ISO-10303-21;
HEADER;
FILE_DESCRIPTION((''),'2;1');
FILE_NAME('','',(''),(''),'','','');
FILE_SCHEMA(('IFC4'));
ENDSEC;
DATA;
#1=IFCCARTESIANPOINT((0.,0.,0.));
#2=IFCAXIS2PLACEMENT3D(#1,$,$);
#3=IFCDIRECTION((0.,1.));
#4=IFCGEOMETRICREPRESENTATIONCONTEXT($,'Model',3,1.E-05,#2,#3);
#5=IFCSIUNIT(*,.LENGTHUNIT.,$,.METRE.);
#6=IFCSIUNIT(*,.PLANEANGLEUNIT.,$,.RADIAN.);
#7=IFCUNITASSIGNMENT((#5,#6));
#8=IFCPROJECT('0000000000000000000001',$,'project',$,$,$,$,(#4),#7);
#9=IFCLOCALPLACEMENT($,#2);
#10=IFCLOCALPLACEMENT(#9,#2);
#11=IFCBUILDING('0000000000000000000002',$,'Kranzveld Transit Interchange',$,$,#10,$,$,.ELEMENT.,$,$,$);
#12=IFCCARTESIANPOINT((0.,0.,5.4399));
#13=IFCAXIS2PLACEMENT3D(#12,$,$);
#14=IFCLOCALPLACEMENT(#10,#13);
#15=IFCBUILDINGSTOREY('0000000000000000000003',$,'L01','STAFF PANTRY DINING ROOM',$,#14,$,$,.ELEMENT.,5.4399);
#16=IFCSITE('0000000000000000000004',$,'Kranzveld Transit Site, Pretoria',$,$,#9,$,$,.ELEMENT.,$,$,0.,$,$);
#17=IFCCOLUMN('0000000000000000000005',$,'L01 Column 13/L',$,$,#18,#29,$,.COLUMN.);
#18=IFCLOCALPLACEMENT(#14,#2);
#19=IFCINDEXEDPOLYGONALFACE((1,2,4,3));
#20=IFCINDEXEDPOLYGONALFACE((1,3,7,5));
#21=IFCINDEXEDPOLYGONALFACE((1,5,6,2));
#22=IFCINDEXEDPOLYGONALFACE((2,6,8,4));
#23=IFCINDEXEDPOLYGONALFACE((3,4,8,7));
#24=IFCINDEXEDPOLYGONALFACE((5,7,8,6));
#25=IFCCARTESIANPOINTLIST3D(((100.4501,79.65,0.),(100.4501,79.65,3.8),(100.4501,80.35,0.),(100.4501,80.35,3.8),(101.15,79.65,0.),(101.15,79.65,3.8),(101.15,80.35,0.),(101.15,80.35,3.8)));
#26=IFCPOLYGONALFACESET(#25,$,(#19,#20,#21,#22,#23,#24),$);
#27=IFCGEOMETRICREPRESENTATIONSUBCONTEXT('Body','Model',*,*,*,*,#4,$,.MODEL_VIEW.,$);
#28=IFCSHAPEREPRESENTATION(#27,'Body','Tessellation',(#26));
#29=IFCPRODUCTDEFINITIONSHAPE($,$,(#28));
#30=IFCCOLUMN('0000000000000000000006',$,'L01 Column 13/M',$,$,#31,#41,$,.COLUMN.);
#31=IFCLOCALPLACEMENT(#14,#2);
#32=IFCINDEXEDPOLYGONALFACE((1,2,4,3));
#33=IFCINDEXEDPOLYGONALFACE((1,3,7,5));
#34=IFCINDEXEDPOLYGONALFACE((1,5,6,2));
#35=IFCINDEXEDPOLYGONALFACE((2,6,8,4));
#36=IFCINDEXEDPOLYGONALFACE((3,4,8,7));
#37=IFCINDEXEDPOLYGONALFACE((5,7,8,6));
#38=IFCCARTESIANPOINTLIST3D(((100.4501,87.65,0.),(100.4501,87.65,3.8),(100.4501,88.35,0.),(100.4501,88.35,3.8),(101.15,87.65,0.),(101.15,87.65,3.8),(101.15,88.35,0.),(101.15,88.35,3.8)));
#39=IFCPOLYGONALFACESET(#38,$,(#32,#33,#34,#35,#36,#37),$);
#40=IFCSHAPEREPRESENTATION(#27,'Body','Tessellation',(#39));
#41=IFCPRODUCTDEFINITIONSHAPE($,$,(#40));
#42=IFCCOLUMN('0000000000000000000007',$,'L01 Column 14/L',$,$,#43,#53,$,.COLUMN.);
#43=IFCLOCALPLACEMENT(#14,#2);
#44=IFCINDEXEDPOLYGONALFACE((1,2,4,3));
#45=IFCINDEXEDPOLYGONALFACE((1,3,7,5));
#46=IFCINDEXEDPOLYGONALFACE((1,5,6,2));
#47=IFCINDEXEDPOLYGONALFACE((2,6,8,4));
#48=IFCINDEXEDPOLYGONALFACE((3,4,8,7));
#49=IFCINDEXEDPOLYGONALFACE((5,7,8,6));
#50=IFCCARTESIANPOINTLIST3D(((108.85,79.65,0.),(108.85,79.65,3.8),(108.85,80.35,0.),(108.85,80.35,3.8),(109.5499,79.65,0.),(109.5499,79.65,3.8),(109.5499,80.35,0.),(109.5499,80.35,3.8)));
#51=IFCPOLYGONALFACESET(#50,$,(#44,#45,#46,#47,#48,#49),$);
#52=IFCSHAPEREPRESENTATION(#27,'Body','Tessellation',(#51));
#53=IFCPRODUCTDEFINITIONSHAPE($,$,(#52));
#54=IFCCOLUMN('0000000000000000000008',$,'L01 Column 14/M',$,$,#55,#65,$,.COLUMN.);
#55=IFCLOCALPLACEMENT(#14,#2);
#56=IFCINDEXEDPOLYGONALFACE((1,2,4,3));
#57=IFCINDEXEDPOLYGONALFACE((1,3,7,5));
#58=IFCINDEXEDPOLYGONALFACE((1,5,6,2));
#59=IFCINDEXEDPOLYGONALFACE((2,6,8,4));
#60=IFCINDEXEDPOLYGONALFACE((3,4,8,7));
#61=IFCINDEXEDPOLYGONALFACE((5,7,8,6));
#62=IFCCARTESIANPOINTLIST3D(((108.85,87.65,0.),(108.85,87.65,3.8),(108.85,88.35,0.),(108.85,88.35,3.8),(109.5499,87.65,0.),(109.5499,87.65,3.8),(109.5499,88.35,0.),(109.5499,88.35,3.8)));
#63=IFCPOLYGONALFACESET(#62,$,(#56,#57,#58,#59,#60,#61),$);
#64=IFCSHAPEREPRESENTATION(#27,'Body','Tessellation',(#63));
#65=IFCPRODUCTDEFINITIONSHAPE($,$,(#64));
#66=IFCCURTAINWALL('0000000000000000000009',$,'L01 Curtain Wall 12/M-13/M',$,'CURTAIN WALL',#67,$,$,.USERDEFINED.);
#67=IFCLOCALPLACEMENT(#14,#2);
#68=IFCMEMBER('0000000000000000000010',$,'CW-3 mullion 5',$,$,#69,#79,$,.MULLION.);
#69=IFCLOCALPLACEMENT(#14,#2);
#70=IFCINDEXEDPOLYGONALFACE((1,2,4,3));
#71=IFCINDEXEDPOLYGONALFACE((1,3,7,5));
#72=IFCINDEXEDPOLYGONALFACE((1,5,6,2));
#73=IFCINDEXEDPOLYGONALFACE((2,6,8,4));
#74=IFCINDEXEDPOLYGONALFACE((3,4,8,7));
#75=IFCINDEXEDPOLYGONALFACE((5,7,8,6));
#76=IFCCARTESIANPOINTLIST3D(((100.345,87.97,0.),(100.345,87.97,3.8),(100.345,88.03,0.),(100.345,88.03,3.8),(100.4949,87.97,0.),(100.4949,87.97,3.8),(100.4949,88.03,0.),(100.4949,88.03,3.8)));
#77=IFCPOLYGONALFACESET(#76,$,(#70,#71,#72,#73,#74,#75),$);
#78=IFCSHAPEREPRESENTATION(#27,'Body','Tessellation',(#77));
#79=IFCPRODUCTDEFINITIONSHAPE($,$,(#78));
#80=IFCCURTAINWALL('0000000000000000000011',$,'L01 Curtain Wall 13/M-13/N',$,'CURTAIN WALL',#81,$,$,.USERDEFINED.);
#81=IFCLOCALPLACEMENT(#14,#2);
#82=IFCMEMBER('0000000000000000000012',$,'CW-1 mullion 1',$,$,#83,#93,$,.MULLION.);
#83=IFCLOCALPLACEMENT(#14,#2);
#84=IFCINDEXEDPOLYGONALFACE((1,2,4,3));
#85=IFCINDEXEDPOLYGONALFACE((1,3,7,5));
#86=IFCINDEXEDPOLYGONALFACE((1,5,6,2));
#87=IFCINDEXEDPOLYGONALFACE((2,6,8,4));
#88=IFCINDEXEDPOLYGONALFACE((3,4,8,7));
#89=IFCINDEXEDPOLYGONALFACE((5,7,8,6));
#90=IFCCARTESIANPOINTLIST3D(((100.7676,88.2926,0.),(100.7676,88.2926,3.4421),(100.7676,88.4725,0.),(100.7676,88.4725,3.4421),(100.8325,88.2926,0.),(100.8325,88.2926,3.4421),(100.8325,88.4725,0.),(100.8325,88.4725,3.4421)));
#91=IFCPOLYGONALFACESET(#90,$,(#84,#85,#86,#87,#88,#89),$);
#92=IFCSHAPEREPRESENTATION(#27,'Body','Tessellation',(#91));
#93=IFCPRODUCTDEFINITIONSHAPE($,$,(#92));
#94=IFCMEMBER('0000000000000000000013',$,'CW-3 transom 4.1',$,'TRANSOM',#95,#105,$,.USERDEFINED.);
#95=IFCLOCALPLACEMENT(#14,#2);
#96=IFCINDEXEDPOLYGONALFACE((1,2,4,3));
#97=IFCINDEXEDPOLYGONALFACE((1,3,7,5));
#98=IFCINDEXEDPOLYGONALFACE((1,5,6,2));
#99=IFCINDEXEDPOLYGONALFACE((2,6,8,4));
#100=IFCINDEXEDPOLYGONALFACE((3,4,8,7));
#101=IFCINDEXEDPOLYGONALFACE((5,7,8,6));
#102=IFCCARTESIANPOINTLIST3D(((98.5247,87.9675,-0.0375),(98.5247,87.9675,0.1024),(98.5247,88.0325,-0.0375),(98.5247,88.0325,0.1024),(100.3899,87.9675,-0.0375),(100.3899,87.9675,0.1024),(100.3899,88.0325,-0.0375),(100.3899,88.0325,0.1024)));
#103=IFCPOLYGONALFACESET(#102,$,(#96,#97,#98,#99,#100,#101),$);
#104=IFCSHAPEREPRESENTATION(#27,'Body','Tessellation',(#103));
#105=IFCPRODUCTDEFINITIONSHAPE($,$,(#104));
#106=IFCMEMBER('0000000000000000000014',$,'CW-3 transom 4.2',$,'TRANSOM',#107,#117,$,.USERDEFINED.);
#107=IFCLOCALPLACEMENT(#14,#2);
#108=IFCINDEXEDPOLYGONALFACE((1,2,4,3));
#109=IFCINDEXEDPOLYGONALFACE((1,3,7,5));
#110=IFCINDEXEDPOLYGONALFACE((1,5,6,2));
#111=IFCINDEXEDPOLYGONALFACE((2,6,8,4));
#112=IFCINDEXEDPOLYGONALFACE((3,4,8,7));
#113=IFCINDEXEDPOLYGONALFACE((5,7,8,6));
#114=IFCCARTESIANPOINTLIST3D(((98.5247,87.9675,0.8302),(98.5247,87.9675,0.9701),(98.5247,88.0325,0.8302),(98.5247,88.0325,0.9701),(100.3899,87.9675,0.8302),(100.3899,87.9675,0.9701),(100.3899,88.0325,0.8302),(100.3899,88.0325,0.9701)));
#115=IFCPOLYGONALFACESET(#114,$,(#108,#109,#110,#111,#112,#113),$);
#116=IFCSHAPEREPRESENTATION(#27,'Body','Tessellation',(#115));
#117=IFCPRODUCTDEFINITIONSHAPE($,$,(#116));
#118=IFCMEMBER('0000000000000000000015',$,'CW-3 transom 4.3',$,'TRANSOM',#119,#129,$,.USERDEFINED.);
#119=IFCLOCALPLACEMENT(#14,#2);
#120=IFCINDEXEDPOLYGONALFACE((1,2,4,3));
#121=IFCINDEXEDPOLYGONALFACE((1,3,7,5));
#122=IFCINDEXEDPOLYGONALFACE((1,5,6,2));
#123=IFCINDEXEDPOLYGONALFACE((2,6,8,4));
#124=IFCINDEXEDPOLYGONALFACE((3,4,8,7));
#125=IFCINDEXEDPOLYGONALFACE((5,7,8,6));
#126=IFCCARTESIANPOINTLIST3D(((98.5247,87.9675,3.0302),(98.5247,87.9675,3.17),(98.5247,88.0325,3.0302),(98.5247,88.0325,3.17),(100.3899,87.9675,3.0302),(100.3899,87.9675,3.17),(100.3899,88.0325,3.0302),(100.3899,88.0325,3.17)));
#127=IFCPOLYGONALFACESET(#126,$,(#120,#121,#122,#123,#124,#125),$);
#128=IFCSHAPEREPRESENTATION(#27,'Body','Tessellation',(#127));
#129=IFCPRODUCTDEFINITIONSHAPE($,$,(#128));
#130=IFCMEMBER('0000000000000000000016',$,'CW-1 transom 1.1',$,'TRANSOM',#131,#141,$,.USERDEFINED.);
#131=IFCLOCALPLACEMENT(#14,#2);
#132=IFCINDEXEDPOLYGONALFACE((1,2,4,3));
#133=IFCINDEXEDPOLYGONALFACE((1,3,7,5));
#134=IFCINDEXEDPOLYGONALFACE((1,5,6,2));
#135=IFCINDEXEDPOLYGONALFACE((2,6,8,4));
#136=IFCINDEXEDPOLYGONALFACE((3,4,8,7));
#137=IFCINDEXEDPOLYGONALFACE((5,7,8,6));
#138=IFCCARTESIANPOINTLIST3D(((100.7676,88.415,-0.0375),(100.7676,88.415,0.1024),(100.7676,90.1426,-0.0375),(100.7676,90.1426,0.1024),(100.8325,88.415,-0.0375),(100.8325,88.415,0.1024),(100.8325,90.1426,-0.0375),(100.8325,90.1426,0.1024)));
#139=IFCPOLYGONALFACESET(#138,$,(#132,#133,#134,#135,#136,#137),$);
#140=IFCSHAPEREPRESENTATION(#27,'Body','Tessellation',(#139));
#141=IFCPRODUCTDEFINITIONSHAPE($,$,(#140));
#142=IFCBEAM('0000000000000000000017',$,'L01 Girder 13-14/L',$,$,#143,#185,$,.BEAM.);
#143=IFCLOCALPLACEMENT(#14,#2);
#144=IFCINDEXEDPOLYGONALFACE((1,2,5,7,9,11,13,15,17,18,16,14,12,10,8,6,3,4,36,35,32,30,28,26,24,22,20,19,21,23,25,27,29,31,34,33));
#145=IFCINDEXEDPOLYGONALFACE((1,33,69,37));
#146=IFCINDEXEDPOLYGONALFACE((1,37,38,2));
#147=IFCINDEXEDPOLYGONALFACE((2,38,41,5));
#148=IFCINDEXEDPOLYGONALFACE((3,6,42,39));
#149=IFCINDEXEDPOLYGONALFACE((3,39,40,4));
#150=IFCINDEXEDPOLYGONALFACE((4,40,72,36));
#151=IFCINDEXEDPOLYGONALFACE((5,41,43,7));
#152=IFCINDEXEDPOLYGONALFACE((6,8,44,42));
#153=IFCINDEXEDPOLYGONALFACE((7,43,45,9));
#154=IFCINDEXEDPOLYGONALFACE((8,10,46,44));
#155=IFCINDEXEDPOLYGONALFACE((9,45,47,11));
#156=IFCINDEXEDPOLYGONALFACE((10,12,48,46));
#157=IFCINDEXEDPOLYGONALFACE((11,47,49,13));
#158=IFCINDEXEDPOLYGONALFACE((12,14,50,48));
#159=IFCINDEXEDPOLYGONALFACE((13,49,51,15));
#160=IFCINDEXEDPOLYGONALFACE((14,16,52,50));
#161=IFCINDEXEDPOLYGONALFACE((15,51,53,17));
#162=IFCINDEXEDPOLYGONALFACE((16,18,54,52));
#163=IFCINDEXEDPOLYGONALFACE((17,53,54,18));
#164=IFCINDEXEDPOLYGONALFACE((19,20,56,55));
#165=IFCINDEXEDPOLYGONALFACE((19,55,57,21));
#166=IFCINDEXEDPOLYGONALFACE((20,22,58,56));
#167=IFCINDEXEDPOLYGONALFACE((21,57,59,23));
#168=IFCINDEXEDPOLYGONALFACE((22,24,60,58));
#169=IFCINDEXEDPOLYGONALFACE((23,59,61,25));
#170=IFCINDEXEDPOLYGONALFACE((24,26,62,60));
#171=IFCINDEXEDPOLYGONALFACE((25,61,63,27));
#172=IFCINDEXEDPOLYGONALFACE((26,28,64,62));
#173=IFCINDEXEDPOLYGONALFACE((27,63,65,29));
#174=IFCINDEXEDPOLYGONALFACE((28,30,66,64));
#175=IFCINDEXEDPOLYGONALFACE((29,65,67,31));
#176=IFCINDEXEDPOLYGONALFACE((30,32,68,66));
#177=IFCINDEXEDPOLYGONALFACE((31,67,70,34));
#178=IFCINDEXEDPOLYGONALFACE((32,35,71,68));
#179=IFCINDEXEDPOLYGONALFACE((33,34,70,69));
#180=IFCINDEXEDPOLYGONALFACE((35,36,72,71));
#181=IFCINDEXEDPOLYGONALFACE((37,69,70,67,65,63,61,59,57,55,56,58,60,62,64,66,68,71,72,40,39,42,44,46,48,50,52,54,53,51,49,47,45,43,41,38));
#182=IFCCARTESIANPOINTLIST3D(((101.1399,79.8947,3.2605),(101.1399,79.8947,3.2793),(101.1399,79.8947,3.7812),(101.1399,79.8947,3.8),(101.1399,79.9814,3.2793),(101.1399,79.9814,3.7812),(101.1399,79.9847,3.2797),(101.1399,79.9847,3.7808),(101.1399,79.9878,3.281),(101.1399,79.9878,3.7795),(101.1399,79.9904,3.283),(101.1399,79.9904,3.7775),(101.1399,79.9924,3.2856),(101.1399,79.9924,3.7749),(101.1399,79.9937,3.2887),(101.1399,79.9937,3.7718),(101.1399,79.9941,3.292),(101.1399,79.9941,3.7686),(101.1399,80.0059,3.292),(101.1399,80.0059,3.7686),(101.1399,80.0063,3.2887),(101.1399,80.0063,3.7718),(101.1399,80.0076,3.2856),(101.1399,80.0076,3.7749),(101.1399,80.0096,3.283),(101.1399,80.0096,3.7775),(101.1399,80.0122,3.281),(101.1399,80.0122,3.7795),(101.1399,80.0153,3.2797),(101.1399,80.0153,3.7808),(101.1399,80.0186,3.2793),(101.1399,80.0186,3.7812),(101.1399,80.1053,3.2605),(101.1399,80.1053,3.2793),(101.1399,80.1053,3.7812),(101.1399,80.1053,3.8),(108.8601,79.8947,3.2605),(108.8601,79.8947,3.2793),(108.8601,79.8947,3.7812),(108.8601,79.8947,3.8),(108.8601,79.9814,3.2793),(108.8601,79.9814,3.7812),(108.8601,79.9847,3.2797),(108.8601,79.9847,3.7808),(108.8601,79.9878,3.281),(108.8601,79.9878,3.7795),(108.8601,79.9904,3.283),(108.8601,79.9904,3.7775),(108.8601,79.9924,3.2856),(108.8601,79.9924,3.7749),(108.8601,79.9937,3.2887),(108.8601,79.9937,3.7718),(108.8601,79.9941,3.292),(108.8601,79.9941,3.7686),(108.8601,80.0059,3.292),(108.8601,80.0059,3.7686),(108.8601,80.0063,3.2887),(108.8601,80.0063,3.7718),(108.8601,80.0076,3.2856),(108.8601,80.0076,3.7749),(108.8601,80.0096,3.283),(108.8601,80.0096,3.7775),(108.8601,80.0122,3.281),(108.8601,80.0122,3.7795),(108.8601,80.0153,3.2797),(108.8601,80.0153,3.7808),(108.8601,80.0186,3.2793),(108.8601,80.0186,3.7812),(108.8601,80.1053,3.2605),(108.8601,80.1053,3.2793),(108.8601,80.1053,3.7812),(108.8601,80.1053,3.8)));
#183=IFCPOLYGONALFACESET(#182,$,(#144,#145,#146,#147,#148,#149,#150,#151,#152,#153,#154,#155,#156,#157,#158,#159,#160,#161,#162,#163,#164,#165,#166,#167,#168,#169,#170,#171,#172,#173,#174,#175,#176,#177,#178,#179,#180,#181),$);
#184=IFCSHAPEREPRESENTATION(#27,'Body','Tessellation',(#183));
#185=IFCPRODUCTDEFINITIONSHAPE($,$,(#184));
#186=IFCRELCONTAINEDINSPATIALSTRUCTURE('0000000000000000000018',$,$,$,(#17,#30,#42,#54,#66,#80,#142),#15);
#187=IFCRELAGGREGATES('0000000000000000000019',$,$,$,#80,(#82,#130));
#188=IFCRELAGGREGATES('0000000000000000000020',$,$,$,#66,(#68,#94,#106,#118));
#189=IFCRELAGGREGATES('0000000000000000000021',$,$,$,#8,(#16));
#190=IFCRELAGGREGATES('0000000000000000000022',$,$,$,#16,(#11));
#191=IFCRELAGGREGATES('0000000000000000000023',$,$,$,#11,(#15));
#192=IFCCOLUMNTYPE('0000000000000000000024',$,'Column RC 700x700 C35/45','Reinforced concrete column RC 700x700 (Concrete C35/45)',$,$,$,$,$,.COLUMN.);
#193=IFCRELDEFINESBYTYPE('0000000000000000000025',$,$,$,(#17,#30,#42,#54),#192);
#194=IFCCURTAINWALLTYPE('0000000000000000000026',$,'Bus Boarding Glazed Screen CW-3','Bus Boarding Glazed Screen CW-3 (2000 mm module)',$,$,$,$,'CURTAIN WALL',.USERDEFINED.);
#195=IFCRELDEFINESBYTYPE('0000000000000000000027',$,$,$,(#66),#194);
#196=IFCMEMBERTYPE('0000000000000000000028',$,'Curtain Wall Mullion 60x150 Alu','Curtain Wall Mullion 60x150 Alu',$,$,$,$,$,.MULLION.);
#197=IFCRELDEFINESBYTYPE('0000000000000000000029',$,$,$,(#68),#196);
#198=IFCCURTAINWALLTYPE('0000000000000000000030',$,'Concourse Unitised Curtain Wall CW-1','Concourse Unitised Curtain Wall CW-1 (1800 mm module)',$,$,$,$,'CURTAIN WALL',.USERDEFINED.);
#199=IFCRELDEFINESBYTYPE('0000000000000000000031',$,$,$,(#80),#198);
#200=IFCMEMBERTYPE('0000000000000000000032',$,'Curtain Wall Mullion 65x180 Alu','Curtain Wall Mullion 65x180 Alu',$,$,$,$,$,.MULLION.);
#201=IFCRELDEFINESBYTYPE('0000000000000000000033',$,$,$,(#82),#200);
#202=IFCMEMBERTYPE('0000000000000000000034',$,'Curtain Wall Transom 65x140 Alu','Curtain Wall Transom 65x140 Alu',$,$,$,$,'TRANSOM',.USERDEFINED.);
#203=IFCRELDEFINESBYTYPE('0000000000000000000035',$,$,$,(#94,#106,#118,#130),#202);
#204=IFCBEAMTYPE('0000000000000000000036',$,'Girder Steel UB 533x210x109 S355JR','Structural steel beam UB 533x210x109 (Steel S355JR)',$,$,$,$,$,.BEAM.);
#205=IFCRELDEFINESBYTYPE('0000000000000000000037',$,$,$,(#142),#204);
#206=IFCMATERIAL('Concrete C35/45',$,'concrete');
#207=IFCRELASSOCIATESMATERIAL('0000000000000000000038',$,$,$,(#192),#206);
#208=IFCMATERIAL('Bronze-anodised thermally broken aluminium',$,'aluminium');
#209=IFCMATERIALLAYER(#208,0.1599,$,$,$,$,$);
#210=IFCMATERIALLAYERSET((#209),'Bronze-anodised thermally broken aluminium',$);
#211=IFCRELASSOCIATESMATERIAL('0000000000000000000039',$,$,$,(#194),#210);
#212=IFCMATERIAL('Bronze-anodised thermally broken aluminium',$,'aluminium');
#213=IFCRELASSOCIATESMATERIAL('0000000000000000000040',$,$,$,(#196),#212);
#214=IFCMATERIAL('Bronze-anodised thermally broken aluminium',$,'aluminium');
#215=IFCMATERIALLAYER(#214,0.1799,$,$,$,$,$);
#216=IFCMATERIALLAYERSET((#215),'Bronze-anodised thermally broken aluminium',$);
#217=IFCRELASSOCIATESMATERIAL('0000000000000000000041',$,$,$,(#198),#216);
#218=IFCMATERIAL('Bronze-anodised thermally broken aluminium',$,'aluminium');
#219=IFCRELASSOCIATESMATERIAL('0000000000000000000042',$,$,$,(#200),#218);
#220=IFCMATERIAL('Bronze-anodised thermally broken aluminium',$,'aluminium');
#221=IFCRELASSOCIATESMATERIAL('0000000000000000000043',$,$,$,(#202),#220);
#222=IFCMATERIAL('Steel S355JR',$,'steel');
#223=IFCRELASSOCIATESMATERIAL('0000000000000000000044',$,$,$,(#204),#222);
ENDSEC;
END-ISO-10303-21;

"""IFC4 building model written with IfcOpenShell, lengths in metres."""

from ifc_helpers import new_model, si_unit, direction, frame, origin, origin_2d, place, context, subcontext, project, spatial, rectangle, i_section, extrude, material, layer, layer_set, material_profile, profile_set, type_object, element, aggregate, save


model = new_model("IFC4")

# Units and contexts
model_context = context("Model", 3, precision=1e-05, world=origin(), true_north=direction((0.0, 1.0)))
body_context = subcontext(model_context, "Body", "Model", "MODEL_VIEW")
ifc_project = project(units=[si_unit("LENGTHUNIT", "METRE"), si_unit("PLANEANGLEUNIT", "RADIAN")], contexts=[model_context])

# Site, building, storey
site_placement = place(None, origin())
site = spatial("IfcSite", under=ifc_project, at=site_placement, Name="Kranzveld Transit Site, Pretoria", CompositionType="ELEMENT", RefElevation=0.0)
building_placement = place(site_placement, origin())
building = spatial("IfcBuilding", under=site, at=building_placement, Name="Kranzveld Transit Interchange", CompositionType="ELEMENT")
storey_placement = place(building_placement, frame((0.0, 0.0, 5.4399)))
storey = spatial("IfcBuildingStorey", under=building, at=storey_placement, Name="L01", Description="STAFF PANTRY DINING ROOM", CompositionType="ELEMENT", Elevation=5.4399)

# Columns
ifc_material_1 = material(Name="Concrete C35/45", Category="concrete")
ifc_material_profile_1 = material_profile(ifc_material_1, rectangle(XDim=0.7, YDim=0.7, at=origin_2d()), Name="RC 700x700")
ifc_profile_set_1 = profile_set([ifc_material_profile_1], Name="Concrete C35/45")
column_type = type_object("IfcColumnType", Name="Column RC 700x700 C35/45", Description="Reinforced concrete column RC 700x700 (Concrete C35/45)", PredefinedType="COLUMN", material=ifc_profile_set_1)
for number, where, z_axis, x_axis, name in (
    (1, (100.8, 80.0, 0.0), (0.0, 0.0, 1.0), (1.0, 0.0, 0.0), "L01 Column 13/L"),
    (2, (100.8, 88.0, 0.0), (0.0, 0.0, 1.0), (1.0, 0.0, 0.0), "L01 Column 13/M"),
    (3, (109.2, 80.0, 0.0), (0.0, 0.0, 1.0), (1.0, 0.0, 0.0), "L01 Column 14/L"),
    (4, (109.2, 88.0, 0.0), (0.0, 0.0, 1.0), (1.0, 0.0, 0.0), "L01 Column 14/M"),
):
    element("IfcColumn", number, at=place(storey_placement, frame(where, z_axis=z_axis, x_axis=x_axis)), inside=storey, type_object=column_type, Name=name, PredefinedType="COLUMN", context=body_context, shape_type="SweptSolid", body=[
        extrude(rectangle(XDim=0.7, YDim=0.7, at=origin_2d()), origin(), (0.0, 0.0, 1.0), 3.8),
    ])

# Curtain walls, members
ifc_material_2 = material(Name="Bronze-anodised thermally broken aluminium", Category="aluminium")
ifc_layer_1 = layer(ifc_material_2, 0.1599)
ifc_layer_set_1 = layer_set([ifc_layer_1], Name="Bronze-anodised thermally broken aluminium")
curtain_wall_type_1 = type_object("IfcCurtainWallType", Name="Bus Boarding Glazed Screen CW-3", Description="Bus Boarding Glazed Screen CW-3 (2000 mm module)", ElementType="CURTAIN WALL", PredefinedType="USERDEFINED", material=ifc_layer_set_1)
curtain_wall_1_placement = place(storey_placement, origin())
curtain_wall_1 = element("IfcCurtainWall", 5, at=curtain_wall_1_placement, inside=storey, type_object=curtain_wall_type_1, Name="L01 Curtain Wall 12/M-13/M", ObjectType="CURTAIN WALL", PredefinedType="USERDEFINED")
ifc_material_3 = material(Name="Bronze-anodised thermally broken aluminium", Category="aluminium")
ifc_material_profile_2 = material_profile(ifc_material_3, rectangle(XDim=0.0601, YDim=0.1499, at=origin_2d()), Name="ALU MULLION 60x150")
ifc_profile_set_2 = profile_set([ifc_material_profile_2], Name="Bronze-anodised thermally broken aluminium")
member_type_1 = type_object("IfcMemberType", Name="Curtain Wall Mullion 60x150 Alu", Description="Curtain Wall Mullion 60x150 Alu", PredefinedType="MULLION", material=ifc_profile_set_2)
member_1_placement = place(storey_placement, frame((100.4199, 88.0, 0.0), z_axis=(0.0, 0.0, 1.0), x_axis=(0.0, 1.0, 0.0)))
member_1 = element("IfcMember", 6, at=member_1_placement, type_object=member_type_1, Name="CW-3 mullion 5", PredefinedType="MULLION", context=body_context, shape_type="SweptSolid", body=[
    extrude(rectangle(XDim=0.0601, YDim=0.1499, at=origin_2d()), origin(), (0.0, 0.0, 1.0), 3.8),
])
ifc_material_4 = material(Name="Bronze-anodised thermally broken aluminium", Category="aluminium")
ifc_layer_2 = layer(ifc_material_4, 0.1799)
ifc_layer_set_2 = layer_set([ifc_layer_2], Name="Bronze-anodised thermally broken aluminium")
curtain_wall_type_2 = type_object("IfcCurtainWallType", Name="Concourse Unitised Curtain Wall CW-1", Description="Concourse Unitised Curtain Wall CW-1 (1800 mm module)", ElementType="CURTAIN WALL", PredefinedType="USERDEFINED", material=ifc_layer_set_2)
curtain_wall_2_placement = place(storey_placement, origin())
curtain_wall_2 = element("IfcCurtainWall", 7, at=curtain_wall_2_placement, inside=storey, type_object=curtain_wall_type_2, Name="L01 Curtain Wall 13/M-13/N", ObjectType="CURTAIN WALL", PredefinedType="USERDEFINED")
ifc_material_5 = material(Name="Bronze-anodised thermally broken aluminium", Category="aluminium")
ifc_material_profile_3 = material_profile(ifc_material_5, rectangle(XDim=0.0649, YDim=0.1799, at=origin_2d()), Name="ALU MULLION 65x180")
ifc_profile_set_3 = profile_set([ifc_material_profile_3], Name="Bronze-anodised thermally broken aluminium")
member_type_2 = type_object("IfcMemberType", Name="Curtain Wall Mullion 65x180 Alu", Description="Curtain Wall Mullion 65x180 Alu", PredefinedType="MULLION", material=ifc_profile_set_3)
member_2_placement = place(storey_placement, frame((100.8, 88.3826, 0.0), z_axis=(0.0, 0.0, 1.0), x_axis=(-1.0, 0.0, 0.0)))
member_2 = element("IfcMember", 8, at=member_2_placement, type_object=member_type_2, Name="CW-1 mullion 1", PredefinedType="MULLION", context=body_context, shape_type="SweptSolid", body=[
    extrude(rectangle(XDim=0.0649, YDim=0.1799, at=origin_2d()), origin(), (0.0, 0.0, 1.0), 3.4421),
])

# Members
ifc_material_6 = material(Name="Bronze-anodised thermally broken aluminium", Category="aluminium")
ifc_material_profile_4 = material_profile(ifc_material_6, rectangle(XDim=0.0649, YDim=0.1399, at=origin_2d()), Name="ALU TRANSOM 65x140")
ifc_profile_set_4 = profile_set([ifc_material_profile_4], Name="Bronze-anodised thermally broken aluminium")
member_type_3 = type_object("IfcMemberType", Name="Curtain Wall Transom 65x140 Alu", Description="Curtain Wall Transom 65x140 Alu", ElementType="TRANSOM", PredefinedType="USERDEFINED", material=ifc_profile_set_4)
member_3_placement = place(storey_placement, frame((98.5247, 88.0, 0.0325), z_axis=(1.0, 0.0, 0.0), x_axis=(0.0, 1.0, 0.0)))
member_3 = element("IfcMember", 9, at=member_3_placement, type_object=member_type_3, Name="CW-3 transom 4.1", ObjectType="TRANSOM", PredefinedType="USERDEFINED", context=body_context, shape_type="SweptSolid", body=[
    extrude(rectangle(XDim=0.0649, YDim=0.1399, at=origin_2d()), origin(), (0.0, 0.0, 1.0), 1.8652),
])
member_4_placement = place(storey_placement, frame((98.5247, 88.0, 0.9001), z_axis=(1.0, 0.0, 0.0), x_axis=(0.0, 1.0, 0.0)))
member_4 = element("IfcMember", 10, at=member_4_placement, type_object=member_type_3, Name="CW-3 transom 4.2", ObjectType="TRANSOM", PredefinedType="USERDEFINED", context=body_context, shape_type="SweptSolid", body=[
    extrude(rectangle(XDim=0.0649, YDim=0.1399, at=origin_2d()), origin(), (0.0, 0.0, 1.0), 1.8652),
])
member_5_placement = place(storey_placement, frame((98.5247, 88.0, 3.1001), z_axis=(1.0, 0.0, 0.0), x_axis=(0.0, 1.0, 0.0)))
member_5 = element("IfcMember", 11, at=member_5_placement, type_object=member_type_3, Name="CW-3 transom 4.3", ObjectType="TRANSOM", PredefinedType="USERDEFINED", context=body_context, shape_type="SweptSolid", body=[
    extrude(rectangle(XDim=0.0649, YDim=0.1399, at=origin_2d()), origin(), (0.0, 0.0, 1.0), 1.8652),
])
member_6_placement = place(storey_placement, frame((100.8, 88.415, 0.0325), z_axis=(0.0, 1.0, 0.0), x_axis=(-1.0, 0.0, 0.0)))
member_6 = element("IfcMember", 12, at=member_6_placement, type_object=member_type_3, Name="CW-1 transom 1.1", ObjectType="TRANSOM", PredefinedType="USERDEFINED", context=body_context, shape_type="SweptSolid", body=[
    extrude(rectangle(XDim=0.0649, YDim=0.1399, at=origin_2d()), origin(), (0.0, 0.0, 1.0), 1.7275),
])
aggregate(curtain_wall_2, [member_2, member_6])

# Beam
ifc_material_7 = material(Name="Steel S355JR", Category="steel")
ifc_material_profile_5 = material_profile(ifc_material_7, i_section(OverallWidth=0.2107, OverallDepth=0.5396, WebThickness=0.0117, FlangeThickness=0.0188, FilletRadius=0.0127, at=origin_2d()), Name="UB 533x210x109")
ifc_profile_set_5 = profile_set([ifc_material_profile_5], Name="Steel S355JR")
beam_type = type_object("IfcBeamType", Name="Girder Steel UB 533x210x109 S355JR", Description="Structural steel beam UB 533x210x109 (Steel S355JR)", PredefinedType="BEAM", material=ifc_profile_set_5)
for number, where, z_axis, x_axis, name in (
    (13, (101.1399, 80.0, 3.5303), (1.0, 0.0, 0.0), (0.0, 1.0, 0.0), "L01 Girder 13-14/L"),
):
    element("IfcBeam", number, at=place(storey_placement, frame(where, z_axis=z_axis, x_axis=x_axis)), inside=storey, type_object=beam_type, Name=name, PredefinedType="BEAM", context=body_context, shape_type="SweptSolid", body=[
        extrude(i_section(OverallWidth=0.2107, OverallDepth=0.5396, WebThickness=0.0117, FlangeThickness=0.0188, FilletRadius=0.0127, at=origin_2d()), origin(), (0.0, 0.0, 1.0), 7.7202),
    ])

aggregate(curtain_wall_1, [member_1, member_3, member_4, member_5])

save(model, "model.ifc")
